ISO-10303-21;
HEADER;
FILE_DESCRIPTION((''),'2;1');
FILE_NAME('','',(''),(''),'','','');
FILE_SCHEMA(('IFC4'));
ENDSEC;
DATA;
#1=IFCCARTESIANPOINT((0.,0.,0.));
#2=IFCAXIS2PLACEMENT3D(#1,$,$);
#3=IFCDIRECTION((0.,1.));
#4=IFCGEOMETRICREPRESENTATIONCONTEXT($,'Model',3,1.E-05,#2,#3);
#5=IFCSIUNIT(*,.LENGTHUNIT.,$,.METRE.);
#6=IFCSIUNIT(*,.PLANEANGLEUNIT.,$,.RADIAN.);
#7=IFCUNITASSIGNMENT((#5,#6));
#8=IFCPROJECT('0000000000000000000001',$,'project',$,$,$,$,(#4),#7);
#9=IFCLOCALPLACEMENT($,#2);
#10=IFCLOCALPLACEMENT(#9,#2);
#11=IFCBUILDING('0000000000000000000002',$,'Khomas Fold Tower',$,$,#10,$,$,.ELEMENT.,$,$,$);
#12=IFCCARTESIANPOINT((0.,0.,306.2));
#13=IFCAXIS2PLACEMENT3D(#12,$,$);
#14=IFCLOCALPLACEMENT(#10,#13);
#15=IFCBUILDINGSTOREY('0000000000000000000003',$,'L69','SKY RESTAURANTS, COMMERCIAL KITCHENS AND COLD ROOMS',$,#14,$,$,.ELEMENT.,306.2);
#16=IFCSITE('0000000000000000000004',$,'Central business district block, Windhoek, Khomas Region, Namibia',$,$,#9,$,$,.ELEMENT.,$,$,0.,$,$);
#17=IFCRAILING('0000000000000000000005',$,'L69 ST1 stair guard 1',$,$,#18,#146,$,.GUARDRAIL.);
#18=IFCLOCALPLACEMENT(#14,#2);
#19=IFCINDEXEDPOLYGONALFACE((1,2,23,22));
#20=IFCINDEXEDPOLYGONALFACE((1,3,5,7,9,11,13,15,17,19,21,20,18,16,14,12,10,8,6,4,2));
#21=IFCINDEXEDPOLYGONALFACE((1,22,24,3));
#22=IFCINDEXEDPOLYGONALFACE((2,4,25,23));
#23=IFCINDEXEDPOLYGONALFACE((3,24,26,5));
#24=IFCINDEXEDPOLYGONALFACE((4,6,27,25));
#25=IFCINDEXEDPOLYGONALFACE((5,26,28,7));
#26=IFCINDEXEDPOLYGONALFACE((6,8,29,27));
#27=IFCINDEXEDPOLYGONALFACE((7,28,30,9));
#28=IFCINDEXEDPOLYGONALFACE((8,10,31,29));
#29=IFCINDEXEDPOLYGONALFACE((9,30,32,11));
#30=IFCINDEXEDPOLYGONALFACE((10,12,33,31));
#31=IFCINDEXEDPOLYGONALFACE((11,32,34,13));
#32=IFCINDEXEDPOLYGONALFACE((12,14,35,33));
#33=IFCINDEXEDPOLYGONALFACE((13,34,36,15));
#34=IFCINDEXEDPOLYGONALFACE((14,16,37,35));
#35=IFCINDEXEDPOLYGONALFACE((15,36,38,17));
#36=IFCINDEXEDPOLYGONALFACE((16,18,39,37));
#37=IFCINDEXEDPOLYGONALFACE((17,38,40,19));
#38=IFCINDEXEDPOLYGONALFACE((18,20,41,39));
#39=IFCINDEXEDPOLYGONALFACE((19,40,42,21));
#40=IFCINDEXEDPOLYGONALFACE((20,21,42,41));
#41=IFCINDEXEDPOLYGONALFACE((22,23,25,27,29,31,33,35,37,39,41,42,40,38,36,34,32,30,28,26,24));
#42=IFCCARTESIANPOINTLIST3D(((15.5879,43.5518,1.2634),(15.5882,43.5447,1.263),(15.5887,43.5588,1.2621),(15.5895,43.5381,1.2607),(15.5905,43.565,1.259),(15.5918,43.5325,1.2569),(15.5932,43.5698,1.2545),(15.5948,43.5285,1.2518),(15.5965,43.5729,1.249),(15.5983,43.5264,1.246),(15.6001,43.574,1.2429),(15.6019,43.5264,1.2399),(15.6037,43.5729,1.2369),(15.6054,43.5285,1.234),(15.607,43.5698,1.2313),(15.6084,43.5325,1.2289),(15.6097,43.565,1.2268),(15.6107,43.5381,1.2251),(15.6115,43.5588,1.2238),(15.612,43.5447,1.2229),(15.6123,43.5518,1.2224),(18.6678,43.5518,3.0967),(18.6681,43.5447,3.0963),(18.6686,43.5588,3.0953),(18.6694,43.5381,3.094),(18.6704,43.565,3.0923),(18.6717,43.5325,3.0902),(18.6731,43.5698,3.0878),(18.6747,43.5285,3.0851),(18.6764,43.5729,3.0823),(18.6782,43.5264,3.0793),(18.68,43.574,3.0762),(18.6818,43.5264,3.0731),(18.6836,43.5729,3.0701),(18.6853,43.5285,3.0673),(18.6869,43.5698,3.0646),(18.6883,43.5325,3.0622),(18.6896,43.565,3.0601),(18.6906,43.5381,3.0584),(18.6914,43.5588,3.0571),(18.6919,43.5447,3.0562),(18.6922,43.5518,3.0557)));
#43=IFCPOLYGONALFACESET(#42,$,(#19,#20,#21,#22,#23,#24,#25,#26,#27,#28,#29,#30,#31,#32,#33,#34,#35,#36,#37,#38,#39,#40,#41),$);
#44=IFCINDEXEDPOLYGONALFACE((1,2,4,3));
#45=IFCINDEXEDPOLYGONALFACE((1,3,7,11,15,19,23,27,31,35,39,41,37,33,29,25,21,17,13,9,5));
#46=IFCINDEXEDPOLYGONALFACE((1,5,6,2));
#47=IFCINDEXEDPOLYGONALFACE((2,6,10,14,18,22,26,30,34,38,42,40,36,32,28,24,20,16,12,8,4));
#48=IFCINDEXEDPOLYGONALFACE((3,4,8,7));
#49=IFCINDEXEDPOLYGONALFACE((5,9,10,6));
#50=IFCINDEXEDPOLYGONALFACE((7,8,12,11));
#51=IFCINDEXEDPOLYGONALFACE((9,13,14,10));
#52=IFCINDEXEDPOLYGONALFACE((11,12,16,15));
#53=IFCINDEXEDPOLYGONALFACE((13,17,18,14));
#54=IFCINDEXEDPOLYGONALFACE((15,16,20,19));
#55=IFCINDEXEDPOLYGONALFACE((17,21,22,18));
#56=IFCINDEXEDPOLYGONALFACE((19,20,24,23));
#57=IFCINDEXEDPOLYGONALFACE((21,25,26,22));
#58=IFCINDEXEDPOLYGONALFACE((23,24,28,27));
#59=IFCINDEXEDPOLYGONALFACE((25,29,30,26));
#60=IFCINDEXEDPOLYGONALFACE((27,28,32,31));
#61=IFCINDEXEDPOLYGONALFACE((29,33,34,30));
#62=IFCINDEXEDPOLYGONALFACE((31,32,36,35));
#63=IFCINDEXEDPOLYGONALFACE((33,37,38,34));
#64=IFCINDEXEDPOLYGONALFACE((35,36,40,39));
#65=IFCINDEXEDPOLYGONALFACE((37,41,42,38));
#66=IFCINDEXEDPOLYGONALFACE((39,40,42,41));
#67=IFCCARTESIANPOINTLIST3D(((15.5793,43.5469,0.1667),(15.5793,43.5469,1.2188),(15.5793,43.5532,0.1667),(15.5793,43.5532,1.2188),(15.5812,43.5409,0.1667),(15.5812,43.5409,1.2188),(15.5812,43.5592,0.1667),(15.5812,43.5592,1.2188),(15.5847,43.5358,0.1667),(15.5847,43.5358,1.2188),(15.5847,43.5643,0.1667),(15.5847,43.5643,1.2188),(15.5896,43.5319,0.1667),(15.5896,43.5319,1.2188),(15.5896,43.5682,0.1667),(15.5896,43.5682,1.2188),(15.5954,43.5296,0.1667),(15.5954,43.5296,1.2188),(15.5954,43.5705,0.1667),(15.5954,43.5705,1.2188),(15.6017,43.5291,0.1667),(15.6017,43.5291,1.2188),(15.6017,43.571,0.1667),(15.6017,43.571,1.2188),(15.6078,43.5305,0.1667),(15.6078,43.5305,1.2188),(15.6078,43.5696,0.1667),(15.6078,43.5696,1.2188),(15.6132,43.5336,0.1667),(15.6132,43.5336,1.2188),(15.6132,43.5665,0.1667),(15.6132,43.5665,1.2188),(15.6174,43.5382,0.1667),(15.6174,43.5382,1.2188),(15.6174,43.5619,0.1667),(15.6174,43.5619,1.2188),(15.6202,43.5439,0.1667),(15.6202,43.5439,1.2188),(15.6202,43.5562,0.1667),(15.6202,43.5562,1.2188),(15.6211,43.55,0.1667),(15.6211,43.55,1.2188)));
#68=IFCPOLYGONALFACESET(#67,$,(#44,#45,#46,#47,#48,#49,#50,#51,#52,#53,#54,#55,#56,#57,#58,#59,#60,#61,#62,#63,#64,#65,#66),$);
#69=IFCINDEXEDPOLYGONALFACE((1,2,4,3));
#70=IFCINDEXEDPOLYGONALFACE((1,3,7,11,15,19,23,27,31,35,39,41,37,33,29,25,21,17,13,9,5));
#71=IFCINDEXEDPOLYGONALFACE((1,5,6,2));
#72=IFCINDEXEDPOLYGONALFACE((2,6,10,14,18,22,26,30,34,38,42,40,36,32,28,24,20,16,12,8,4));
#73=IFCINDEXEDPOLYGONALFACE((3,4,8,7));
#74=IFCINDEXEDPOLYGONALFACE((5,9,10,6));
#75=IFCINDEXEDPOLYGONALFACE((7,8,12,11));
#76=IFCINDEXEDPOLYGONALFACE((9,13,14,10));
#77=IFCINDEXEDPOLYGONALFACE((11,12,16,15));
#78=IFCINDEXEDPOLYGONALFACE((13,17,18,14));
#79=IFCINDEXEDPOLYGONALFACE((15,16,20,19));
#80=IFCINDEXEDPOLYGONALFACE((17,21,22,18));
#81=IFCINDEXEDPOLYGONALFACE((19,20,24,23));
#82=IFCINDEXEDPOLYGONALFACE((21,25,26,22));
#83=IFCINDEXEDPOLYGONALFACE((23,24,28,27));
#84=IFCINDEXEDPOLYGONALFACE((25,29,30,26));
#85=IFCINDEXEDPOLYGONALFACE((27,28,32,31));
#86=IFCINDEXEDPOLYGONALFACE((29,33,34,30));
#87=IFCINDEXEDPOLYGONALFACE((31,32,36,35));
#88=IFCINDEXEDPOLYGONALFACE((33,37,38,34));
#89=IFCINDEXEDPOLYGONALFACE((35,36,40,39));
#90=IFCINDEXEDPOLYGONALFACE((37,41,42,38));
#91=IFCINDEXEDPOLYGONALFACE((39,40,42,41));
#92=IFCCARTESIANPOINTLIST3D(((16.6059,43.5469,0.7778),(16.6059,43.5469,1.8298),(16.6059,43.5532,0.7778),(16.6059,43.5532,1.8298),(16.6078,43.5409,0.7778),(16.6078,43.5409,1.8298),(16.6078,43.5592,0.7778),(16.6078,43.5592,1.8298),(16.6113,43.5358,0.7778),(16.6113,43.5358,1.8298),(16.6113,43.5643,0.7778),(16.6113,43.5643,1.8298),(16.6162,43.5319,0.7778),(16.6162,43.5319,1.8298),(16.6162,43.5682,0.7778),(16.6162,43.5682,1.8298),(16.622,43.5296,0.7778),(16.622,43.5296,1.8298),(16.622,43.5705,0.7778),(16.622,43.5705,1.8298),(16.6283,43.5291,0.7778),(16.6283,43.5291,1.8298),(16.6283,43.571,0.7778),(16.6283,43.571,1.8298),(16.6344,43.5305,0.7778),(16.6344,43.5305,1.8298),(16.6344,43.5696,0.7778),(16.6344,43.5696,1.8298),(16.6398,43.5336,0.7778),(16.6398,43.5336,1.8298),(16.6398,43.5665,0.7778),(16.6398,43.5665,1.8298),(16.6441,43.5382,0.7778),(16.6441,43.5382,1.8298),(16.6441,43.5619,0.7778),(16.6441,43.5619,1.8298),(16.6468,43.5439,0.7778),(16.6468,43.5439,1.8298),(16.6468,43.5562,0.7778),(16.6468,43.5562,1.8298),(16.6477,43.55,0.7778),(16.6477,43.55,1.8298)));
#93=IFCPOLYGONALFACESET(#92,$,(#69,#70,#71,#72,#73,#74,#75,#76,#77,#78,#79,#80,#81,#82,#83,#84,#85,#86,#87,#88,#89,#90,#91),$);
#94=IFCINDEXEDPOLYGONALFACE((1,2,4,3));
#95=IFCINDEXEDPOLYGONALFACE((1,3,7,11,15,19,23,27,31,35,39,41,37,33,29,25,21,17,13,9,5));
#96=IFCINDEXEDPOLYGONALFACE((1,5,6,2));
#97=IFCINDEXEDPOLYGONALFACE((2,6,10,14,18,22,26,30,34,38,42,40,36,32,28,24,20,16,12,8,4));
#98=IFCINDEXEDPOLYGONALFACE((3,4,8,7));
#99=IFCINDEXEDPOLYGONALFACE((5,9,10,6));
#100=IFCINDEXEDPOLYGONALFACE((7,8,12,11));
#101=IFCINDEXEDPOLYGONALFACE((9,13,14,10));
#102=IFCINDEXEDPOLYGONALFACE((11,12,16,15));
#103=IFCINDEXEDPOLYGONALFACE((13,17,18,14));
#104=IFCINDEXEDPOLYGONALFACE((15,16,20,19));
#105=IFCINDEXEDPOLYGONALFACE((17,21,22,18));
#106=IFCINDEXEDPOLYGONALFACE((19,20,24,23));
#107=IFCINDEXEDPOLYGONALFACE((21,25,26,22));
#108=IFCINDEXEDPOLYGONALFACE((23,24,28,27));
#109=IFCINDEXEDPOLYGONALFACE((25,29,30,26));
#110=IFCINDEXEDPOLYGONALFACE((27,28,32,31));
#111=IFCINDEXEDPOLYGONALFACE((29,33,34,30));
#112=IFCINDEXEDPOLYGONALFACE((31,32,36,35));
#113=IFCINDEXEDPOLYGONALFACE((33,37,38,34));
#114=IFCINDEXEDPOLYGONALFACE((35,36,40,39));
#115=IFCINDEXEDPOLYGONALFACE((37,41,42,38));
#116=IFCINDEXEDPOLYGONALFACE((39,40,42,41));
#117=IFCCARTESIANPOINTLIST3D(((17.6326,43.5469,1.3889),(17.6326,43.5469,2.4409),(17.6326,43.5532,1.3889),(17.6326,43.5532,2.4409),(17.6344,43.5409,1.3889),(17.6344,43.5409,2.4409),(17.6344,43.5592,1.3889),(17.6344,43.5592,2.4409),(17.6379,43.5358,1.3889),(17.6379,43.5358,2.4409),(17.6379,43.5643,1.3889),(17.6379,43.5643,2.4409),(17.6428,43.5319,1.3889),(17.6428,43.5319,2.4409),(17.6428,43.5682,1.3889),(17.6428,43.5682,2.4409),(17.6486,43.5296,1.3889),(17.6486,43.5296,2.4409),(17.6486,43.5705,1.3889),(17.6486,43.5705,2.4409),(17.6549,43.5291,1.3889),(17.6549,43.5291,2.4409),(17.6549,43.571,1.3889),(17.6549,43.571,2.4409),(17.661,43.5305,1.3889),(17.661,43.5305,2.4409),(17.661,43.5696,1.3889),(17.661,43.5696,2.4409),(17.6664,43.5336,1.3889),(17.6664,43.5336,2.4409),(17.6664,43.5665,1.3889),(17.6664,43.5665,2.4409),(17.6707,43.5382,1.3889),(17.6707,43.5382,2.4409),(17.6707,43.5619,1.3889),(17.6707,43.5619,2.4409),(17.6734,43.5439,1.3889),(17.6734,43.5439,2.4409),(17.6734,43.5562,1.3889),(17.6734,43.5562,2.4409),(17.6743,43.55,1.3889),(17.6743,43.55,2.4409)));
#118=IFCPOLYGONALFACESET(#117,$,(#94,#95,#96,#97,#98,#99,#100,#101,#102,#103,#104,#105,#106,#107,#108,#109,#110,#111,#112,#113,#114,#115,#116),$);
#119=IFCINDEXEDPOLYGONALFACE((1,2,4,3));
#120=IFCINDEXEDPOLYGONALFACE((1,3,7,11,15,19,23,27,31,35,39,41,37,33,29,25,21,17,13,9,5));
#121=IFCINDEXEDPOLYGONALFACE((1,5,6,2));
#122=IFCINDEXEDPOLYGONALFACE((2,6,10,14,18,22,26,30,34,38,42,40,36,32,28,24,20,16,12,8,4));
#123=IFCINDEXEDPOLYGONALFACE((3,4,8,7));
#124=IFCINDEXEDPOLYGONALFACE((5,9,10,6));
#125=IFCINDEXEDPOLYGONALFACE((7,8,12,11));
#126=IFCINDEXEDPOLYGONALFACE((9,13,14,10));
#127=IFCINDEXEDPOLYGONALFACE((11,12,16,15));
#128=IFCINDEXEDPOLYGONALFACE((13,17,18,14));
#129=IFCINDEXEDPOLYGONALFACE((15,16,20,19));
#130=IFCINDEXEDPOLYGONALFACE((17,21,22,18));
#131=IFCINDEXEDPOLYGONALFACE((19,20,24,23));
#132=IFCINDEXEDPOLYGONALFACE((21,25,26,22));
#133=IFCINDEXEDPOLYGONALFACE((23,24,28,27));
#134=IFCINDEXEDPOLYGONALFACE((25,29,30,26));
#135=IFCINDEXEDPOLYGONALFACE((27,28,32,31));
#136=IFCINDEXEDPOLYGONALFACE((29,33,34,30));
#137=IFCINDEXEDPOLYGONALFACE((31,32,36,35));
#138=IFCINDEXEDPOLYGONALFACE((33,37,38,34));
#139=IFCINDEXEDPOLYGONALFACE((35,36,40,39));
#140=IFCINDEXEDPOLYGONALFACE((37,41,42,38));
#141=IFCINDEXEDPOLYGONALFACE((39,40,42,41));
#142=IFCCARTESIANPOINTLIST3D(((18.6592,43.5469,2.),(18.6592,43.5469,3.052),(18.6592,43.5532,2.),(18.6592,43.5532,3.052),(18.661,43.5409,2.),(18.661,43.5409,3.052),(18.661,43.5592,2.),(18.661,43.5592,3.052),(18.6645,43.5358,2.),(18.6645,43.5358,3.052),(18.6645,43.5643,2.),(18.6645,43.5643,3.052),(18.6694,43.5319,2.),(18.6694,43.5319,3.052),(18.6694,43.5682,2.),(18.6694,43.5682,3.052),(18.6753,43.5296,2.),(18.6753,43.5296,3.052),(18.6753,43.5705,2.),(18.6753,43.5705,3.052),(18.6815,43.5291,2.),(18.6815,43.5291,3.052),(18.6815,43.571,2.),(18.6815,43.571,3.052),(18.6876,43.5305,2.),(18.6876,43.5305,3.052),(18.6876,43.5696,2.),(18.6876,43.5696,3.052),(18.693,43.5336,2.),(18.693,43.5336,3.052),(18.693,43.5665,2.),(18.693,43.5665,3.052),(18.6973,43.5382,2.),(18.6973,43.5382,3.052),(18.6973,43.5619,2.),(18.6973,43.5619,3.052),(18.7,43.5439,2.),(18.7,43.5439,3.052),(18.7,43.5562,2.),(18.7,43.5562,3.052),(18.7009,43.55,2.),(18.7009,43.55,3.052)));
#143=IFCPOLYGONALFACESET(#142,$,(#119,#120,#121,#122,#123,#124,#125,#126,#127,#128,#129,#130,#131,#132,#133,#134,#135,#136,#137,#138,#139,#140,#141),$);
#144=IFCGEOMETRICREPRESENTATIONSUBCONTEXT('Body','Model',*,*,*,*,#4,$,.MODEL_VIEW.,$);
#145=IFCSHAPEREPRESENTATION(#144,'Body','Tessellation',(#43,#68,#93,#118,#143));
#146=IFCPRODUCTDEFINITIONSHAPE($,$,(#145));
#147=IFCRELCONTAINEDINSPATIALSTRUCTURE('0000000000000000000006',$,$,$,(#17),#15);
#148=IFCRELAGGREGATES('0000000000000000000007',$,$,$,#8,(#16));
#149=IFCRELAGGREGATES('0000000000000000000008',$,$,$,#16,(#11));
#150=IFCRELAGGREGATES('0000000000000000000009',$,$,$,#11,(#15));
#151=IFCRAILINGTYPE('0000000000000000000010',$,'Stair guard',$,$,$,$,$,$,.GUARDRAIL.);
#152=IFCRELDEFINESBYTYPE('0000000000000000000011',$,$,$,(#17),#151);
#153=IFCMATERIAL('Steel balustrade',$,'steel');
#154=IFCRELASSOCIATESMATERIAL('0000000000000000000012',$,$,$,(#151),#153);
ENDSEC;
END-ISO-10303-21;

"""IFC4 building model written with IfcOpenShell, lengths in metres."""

from ifc_helpers import new_model, si_unit, direction, frame, origin, origin_2d, place, context, subcontext, project, spatial, circle, extrude, source, transform, mapped, material, type_object, element, save


model = new_model("IFC4")

# Units and contexts
model_context = context("Model", 3, precision=1e-05, world=origin(), true_north=direction((0.0, 1.0)))
body_context = subcontext(model_context, "Body", "Model", "MODEL_VIEW")
ifc_project = project(units=[si_unit("LENGTHUNIT", "METRE"), si_unit("PLANEANGLEUNIT", "RADIAN")], contexts=[model_context])

# Site, building, storey
site_placement = place(None, origin())
site = spatial("IfcSite", under=ifc_project, at=site_placement, Name="Central business district block, Windhoek, Khomas Region, Namibia", CompositionType="ELEMENT", RefElevation=0.0)
building_placement = place(site_placement, origin())
building = spatial("IfcBuilding", under=site, at=building_placement, Name="Khomas Fold Tower", CompositionType="ELEMENT")
storey_placement = place(building_placement, frame((0.0, 0.0, 306.2)))
storey = spatial("IfcBuildingStorey", under=building, at=storey_placement, Name="L69", Description="SKY RESTAURANTS, COMMERCIAL KITCHENS AND COLD ROOMS", CompositionType="ELEMENT", Elevation=306.2)

# Railing
ifc_material_1 = material(Name="Steel balustrade", Category="steel")
railing_type_1 = type_object("IfcRailingType", Name="Stair guard", PredefinedType="GUARDRAIL", material=ifc_material_1)
shared_shape_1 = source(origin(), body_context, "Body", "SweptSolid", [
    extrude(circle(Radius=0.0239, at=origin_2d()), frame((0.0, 0.0, 1.0762), z_axis=(0.859291, 0.0, 0.511487), x_axis=(0.0, 1.0, 0.0)), (0.0, 0.0, 1.0), 3.5842),
    extrude(circle(Radius=0.021, at=origin_2d()), origin(), (0.0, 0.0, 1.0), 1.052),
    extrude(circle(Radius=0.021, at=origin_2d()), frame((1.0266, 0.0, 0.6111)), (0.0, 0.0, 1.0), 1.052),
    extrude(circle(Radius=0.021, at=origin_2d()), frame((2.0532, 0.0, 1.2222)), (0.0, 0.0, 1.0), 1.052),
    extrude(circle(Radius=0.021, at=origin_2d()), frame((3.0798, 0.0, 1.8333)), (0.0, 0.0, 1.0), 1.052),
])
railing_1_placement = place(storey_placement, frame((15.6001, 43.55, 0.1667)))
element("IfcRailing", 1, at=railing_1_placement, inside=storey, type_object=railing_type_1, Name="L69 ST1 stair guard 1", PredefinedType="GUARDRAIL", context=body_context, shape_type="MappedRepresentation", body=[
    mapped(shared_shape_1, transform((0.0, 0.0, 0.0))),
])

save(model, "model.ifc")
